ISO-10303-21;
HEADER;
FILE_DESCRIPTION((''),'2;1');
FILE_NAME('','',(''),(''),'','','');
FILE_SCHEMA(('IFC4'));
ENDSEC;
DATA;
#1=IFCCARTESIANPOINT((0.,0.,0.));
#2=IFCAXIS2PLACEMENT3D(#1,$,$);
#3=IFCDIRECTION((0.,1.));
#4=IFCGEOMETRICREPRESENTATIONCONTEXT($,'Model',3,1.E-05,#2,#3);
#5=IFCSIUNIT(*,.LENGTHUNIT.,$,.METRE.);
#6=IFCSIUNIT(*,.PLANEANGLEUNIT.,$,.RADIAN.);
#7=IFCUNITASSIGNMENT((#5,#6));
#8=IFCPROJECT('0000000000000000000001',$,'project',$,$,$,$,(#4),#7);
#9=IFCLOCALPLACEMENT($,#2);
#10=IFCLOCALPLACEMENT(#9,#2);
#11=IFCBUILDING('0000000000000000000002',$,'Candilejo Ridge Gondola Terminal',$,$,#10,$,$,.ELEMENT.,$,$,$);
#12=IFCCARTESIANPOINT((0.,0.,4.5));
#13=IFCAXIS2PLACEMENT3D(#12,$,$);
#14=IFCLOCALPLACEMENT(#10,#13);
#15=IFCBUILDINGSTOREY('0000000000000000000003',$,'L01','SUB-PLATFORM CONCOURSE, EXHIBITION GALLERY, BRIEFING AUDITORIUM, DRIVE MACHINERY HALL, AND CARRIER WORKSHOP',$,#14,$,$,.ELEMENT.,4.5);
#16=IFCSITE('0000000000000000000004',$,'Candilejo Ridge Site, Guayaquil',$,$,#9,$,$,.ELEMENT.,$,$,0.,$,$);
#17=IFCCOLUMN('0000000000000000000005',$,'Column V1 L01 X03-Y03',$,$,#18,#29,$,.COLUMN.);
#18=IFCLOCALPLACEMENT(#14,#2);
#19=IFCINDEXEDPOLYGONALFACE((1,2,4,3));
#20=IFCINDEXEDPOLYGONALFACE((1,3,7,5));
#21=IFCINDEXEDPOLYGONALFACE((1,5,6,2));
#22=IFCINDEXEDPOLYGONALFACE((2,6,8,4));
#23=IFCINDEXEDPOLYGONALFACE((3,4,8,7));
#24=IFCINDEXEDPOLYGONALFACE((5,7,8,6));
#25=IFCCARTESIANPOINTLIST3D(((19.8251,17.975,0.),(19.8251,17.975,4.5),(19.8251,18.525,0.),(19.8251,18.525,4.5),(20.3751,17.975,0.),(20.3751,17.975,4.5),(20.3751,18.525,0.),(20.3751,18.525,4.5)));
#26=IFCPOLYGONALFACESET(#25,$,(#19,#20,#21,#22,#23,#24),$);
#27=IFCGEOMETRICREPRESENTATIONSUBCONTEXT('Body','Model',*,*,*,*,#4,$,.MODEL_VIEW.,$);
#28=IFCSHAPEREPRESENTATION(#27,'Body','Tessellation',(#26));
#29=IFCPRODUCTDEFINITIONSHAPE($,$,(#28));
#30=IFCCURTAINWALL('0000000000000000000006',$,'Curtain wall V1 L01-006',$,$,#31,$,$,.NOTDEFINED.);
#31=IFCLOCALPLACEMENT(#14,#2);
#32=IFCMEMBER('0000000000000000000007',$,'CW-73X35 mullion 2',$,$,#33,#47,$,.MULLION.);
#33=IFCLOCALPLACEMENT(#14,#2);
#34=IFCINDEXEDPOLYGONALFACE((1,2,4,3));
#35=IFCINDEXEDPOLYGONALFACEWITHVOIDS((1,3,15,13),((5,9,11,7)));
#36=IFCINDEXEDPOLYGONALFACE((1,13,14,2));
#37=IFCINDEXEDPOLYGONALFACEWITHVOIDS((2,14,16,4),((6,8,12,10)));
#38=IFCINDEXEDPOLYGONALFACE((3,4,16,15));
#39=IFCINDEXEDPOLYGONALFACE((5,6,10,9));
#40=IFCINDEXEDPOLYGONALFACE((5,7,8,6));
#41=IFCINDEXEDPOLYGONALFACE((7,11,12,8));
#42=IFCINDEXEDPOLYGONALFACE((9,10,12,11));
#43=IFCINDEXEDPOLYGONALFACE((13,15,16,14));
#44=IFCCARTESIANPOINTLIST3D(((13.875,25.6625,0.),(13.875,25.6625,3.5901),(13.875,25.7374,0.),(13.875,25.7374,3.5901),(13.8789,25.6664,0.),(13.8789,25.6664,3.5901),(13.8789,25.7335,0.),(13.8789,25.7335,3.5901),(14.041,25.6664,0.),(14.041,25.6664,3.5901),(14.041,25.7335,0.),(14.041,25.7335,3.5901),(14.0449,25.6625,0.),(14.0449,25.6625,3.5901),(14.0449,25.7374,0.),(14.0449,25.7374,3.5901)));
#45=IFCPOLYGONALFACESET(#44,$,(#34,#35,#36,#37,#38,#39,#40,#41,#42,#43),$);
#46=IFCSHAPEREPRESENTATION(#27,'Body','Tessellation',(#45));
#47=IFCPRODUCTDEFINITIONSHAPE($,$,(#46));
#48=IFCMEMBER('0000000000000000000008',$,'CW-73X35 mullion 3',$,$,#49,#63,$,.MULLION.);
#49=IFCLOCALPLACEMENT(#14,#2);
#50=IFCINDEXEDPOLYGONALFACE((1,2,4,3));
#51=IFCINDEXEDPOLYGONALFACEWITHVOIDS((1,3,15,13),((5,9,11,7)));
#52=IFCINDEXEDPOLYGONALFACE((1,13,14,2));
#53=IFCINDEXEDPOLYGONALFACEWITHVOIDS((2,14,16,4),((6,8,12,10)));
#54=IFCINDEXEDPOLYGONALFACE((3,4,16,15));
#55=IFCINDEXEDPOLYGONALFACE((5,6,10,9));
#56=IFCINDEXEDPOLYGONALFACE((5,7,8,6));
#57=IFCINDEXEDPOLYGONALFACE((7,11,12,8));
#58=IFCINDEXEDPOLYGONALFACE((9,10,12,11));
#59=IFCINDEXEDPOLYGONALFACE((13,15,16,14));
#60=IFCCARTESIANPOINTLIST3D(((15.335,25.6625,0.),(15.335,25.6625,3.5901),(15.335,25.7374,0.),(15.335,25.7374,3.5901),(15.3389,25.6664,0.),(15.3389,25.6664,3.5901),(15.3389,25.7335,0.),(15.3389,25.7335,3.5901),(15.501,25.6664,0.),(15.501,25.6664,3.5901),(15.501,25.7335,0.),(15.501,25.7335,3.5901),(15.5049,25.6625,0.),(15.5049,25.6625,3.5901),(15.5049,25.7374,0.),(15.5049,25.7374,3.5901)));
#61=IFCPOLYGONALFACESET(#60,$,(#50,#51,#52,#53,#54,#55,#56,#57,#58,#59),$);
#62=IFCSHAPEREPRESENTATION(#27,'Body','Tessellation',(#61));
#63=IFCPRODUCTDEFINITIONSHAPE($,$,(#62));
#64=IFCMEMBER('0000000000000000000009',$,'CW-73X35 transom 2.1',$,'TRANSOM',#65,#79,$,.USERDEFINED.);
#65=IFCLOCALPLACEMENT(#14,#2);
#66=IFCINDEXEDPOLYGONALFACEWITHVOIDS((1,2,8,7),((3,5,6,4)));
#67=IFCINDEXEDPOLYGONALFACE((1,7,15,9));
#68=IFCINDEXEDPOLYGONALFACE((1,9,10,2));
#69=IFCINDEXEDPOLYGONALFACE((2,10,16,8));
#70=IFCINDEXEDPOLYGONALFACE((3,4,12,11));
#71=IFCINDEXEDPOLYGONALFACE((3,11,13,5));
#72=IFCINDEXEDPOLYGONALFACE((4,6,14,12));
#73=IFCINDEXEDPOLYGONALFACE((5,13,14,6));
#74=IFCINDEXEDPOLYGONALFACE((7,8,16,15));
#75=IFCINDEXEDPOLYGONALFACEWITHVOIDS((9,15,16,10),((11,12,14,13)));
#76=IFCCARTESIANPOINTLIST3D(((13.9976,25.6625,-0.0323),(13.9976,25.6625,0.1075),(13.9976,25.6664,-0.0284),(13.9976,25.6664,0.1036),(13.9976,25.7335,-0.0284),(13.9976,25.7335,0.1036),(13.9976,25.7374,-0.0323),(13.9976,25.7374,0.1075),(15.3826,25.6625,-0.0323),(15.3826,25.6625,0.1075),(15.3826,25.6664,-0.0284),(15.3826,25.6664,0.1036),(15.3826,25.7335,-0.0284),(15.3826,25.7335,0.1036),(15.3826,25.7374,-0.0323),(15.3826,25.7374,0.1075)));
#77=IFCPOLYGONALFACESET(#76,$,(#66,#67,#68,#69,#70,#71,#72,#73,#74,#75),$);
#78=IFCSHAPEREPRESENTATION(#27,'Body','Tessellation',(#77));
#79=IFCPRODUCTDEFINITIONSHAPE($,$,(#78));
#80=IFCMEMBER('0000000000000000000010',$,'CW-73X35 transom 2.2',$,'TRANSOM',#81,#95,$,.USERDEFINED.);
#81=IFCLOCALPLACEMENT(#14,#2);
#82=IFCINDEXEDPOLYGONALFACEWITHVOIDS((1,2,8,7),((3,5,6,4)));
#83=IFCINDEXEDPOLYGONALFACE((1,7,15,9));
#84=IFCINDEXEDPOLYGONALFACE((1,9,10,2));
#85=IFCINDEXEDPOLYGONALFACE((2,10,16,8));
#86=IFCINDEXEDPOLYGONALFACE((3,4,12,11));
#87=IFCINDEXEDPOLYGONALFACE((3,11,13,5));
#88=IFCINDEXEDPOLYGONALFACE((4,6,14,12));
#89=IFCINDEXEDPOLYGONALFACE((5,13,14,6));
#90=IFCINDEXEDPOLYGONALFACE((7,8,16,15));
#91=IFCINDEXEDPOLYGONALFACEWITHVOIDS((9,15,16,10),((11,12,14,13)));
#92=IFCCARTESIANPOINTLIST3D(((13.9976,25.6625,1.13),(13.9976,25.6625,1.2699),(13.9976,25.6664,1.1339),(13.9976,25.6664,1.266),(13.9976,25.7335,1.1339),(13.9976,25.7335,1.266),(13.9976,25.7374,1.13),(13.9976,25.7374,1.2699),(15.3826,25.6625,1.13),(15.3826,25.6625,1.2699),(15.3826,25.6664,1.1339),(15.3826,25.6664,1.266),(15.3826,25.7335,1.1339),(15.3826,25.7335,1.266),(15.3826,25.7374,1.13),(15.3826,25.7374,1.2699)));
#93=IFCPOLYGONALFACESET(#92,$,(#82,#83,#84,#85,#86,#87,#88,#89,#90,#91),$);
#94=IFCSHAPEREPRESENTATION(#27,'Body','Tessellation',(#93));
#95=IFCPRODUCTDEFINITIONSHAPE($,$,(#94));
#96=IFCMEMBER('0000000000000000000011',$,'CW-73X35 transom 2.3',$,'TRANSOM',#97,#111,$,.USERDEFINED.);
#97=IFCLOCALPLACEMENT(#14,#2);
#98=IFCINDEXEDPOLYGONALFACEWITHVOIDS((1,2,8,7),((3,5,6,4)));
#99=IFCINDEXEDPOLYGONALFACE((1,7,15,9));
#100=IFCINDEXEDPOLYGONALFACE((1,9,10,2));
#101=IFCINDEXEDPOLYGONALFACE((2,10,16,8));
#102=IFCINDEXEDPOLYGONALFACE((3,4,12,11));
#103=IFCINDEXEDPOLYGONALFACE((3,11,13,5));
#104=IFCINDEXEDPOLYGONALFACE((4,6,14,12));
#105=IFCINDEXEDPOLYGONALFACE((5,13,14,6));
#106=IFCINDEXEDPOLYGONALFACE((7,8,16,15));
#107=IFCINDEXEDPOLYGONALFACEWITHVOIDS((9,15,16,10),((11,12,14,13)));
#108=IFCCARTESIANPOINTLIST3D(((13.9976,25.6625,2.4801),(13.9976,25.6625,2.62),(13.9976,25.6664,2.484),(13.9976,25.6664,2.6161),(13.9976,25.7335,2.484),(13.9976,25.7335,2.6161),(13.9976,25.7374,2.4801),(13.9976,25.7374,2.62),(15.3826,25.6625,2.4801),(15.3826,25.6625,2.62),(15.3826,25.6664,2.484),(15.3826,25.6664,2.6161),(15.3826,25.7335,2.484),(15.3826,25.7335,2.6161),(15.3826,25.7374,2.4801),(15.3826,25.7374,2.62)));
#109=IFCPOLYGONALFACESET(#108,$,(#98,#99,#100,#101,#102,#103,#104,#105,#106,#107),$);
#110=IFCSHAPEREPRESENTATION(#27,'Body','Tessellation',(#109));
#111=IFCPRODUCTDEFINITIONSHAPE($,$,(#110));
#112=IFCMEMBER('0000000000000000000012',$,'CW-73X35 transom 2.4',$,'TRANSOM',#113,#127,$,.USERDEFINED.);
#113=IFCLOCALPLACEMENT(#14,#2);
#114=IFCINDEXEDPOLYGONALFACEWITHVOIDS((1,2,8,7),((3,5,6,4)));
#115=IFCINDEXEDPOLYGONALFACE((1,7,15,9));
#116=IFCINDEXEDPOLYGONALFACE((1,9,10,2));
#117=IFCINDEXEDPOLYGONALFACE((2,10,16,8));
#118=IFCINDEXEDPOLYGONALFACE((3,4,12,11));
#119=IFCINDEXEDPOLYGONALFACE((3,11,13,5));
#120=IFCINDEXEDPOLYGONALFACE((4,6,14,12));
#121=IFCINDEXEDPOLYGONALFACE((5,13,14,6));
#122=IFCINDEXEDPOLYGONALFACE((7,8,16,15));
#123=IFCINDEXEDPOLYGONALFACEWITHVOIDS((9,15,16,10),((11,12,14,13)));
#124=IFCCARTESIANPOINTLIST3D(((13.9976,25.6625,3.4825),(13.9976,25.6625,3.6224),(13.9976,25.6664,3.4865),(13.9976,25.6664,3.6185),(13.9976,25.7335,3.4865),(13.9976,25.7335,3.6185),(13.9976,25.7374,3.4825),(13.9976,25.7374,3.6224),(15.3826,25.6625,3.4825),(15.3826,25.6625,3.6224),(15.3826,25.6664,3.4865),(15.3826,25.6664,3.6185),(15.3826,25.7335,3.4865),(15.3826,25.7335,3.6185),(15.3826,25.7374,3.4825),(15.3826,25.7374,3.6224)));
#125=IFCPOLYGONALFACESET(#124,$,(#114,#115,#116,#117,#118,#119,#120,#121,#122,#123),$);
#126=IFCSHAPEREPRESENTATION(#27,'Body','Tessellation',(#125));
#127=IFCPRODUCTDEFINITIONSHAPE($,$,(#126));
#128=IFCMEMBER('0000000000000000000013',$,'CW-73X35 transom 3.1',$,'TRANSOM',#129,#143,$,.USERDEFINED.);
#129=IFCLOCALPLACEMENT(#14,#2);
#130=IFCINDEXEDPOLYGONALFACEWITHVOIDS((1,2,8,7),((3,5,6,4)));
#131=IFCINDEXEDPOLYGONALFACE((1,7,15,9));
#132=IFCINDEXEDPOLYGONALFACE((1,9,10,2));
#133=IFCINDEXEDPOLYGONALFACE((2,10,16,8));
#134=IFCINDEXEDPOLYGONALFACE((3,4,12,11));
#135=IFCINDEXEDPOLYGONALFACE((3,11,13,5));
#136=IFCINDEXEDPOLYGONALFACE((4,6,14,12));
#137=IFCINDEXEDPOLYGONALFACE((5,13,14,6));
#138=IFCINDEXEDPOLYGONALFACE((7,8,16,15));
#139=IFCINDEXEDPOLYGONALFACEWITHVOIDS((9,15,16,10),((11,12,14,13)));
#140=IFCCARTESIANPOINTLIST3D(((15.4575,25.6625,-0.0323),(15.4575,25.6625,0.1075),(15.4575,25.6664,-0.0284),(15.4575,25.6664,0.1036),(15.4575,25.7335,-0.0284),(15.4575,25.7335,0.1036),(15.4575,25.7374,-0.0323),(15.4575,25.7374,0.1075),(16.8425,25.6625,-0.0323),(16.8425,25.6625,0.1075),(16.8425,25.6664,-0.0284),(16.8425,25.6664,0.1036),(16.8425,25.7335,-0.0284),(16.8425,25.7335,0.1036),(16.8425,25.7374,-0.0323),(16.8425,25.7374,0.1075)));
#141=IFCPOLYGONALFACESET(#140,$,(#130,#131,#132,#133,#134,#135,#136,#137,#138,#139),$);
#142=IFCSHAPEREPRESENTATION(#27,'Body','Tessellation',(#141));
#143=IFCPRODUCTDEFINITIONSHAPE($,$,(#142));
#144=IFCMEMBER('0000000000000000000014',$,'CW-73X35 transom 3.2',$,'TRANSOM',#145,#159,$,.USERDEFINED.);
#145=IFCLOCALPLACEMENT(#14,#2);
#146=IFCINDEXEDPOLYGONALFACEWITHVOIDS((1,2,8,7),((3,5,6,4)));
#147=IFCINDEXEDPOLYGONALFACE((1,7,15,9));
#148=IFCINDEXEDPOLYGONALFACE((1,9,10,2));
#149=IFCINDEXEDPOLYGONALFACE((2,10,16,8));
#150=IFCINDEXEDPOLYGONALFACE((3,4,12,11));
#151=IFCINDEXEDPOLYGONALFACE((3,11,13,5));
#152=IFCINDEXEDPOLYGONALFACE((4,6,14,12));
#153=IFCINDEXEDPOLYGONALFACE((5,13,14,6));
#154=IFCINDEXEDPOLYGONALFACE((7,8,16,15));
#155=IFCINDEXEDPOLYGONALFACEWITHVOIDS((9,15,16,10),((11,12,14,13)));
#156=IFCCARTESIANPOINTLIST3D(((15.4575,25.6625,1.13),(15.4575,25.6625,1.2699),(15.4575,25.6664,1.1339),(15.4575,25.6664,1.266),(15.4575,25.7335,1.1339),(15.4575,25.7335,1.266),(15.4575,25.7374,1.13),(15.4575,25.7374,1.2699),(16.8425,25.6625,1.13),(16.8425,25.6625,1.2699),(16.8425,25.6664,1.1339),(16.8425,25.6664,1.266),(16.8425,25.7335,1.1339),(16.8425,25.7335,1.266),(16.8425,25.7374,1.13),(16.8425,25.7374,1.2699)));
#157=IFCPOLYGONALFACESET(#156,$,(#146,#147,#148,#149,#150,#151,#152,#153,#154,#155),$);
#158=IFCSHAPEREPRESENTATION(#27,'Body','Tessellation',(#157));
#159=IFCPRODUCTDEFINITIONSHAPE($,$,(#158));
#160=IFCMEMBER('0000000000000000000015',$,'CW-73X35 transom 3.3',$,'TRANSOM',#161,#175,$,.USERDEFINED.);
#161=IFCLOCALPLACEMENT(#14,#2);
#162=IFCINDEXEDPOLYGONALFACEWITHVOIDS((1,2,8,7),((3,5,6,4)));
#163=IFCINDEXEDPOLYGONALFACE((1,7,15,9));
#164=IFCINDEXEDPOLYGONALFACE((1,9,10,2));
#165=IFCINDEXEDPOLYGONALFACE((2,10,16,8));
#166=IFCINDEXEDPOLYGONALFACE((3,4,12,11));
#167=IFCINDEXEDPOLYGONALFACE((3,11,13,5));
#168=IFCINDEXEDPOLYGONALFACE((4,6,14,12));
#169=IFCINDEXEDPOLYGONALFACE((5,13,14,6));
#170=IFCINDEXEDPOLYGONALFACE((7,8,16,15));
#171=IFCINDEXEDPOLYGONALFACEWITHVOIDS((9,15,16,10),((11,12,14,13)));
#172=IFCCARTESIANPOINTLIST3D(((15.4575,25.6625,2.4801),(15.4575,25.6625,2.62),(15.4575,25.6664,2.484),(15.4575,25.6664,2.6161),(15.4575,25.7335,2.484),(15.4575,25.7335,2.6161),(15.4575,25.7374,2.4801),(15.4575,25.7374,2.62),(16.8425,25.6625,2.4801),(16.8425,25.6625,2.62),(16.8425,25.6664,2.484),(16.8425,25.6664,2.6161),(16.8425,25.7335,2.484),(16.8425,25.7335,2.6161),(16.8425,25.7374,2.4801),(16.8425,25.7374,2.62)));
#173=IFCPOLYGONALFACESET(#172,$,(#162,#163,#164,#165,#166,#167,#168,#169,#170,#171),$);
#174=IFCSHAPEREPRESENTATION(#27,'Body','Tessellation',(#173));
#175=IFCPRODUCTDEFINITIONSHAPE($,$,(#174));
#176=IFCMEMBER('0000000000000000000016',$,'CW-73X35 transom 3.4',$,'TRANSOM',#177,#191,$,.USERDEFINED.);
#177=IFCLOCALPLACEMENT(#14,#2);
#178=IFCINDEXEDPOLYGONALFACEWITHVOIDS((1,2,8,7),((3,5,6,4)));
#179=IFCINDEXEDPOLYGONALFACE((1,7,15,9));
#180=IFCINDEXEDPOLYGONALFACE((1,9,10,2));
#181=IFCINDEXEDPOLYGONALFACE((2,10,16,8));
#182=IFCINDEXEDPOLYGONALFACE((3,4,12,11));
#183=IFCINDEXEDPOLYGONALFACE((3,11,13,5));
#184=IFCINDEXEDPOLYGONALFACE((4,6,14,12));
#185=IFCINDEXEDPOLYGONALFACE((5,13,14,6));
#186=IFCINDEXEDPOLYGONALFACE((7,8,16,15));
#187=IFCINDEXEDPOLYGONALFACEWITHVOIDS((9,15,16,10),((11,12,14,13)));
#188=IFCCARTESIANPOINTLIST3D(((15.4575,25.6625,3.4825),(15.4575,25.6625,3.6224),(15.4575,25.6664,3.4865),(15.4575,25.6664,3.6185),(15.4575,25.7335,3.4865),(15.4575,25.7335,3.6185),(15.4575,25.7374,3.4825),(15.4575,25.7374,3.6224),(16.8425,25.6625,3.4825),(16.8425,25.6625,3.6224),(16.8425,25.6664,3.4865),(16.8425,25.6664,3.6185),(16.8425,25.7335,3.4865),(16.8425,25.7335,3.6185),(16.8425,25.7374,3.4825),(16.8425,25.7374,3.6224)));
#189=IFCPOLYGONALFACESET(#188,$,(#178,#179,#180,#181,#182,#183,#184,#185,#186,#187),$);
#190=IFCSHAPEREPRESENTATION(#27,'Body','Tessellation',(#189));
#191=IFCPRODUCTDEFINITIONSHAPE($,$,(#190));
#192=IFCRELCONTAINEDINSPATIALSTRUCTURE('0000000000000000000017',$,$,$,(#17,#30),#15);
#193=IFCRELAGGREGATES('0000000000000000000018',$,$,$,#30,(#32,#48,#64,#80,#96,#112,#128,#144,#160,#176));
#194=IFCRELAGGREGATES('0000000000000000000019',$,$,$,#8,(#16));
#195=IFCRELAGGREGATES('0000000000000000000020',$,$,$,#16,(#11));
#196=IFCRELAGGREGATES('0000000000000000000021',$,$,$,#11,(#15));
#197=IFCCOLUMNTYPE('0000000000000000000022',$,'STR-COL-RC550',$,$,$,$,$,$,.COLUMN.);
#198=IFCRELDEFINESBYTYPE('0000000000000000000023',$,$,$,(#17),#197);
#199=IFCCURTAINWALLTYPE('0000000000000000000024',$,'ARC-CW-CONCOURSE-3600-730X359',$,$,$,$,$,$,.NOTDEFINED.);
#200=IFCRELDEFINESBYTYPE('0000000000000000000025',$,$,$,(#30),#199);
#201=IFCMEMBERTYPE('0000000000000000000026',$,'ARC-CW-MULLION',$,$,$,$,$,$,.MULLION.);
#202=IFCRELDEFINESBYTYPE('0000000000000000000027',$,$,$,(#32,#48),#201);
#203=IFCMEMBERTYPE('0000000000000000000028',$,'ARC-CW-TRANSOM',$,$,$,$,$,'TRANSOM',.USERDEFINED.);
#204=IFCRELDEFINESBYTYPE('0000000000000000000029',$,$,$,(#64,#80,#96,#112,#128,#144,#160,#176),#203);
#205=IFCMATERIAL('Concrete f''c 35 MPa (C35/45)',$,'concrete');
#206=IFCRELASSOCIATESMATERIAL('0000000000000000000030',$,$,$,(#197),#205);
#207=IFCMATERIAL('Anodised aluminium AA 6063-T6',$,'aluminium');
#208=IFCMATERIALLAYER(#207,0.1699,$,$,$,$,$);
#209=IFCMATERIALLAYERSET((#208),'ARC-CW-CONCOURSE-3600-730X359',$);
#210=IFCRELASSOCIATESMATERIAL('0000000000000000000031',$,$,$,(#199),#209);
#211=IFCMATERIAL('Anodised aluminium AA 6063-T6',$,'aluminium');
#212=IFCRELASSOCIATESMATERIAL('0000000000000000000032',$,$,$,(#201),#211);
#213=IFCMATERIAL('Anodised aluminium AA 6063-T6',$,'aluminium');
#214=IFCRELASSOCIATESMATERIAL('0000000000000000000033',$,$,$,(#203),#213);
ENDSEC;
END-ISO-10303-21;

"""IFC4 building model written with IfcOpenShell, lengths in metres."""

from ifc_helpers import new_model, si_unit, direction, frame, origin, origin_2d, place, context, subcontext, project, spatial, rectangle, hollow_rectangle, extrude, material, layer, layer_set, material_profile, profile_set, type_object, element, aggregate, save


model = new_model("IFC4")

# Units and contexts
model_context = context("Model", 3, precision=1e-05, world=origin(), true_north=direction((0.0, 1.0)))
body_context = subcontext(model_context, "Body", "Model", "MODEL_VIEW")
ifc_project = project(units=[si_unit("LENGTHUNIT", "METRE"), si_unit("PLANEANGLEUNIT", "RADIAN")], contexts=[model_context])

# Site, building, storey
site_placement = place(None, origin())
site = spatial("IfcSite", under=ifc_project, at=site_placement, Name="Candilejo Ridge Site, Guayaquil", CompositionType="ELEMENT", RefElevation=0.0)
building_placement = place(site_placement, origin())
building = spatial("IfcBuilding", under=site, at=building_placement, Name="Candilejo Ridge Gondola Terminal", CompositionType="ELEMENT")
storey_placement = place(building_placement, frame((0.0, 0.0, 4.5)))
storey = spatial("IfcBuildingStorey", under=building, at=storey_placement, Name="L01", Description="SUB-PLATFORM CONCOURSE, EXHIBITION GALLERY, BRIEFING AUDITORIUM, DRIVE MACHINERY HALL, AND CARRIER WORKSHOP", CompositionType="ELEMENT", Elevation=4.5)

# Column
ifc_material_1 = material(Name="Concrete f'c 35 MPa (C35/45)", Category="concrete")
ifc_material_profile_1 = material_profile(ifc_material_1, rectangle(XDim=0.55, YDim=0.55, at=origin_2d()))
ifc_profile_set_1 = profile_set([ifc_material_profile_1], Name="Concrete f'c 35 MPa (C35/45)")
column_type = type_object("IfcColumnType", Name="STR-COL-RC550", PredefinedType="COLUMN", material=ifc_profile_set_1)
column_placement = place(storey_placement, frame((20.1001, 18.25, 0.0), z_axis=(0.0, 0.0, 1.0), x_axis=(1.0, 0.0, 0.0)))
element("IfcColumn", 1, at=column_placement, inside=storey, type_object=column_type, Name="Column V1 L01 X03-Y03", PredefinedType="COLUMN", context=body_context, shape_type="SweptSolid", body=[
    extrude(rectangle(XDim=0.55, YDim=0.55, at=origin_2d()), origin(), (0.0, 0.0, 1.0), 4.5),
])

# Curtain wall, members
ifc_material_2 = material(Name="Anodised aluminium AA 6063-T6", Category="aluminium")
ifc_layer_1 = layer(ifc_material_2, 0.1699)
ifc_layer_set_1 = layer_set([ifc_layer_1], Name="ARC-CW-CONCOURSE-3600-730X359")
curtain_wall_type = type_object("IfcCurtainWallType", Name="ARC-CW-CONCOURSE-3600-730X359", PredefinedType="NOTDEFINED", material=ifc_layer_set_1)
curtain_wall_placement = place(storey_placement, origin())
curtain_wall = element("IfcCurtainWall", 2, at=curtain_wall_placement, inside=storey, type_object=curtain_wall_type, Name="Curtain wall V1 L01-006", PredefinedType="NOTDEFINED")
ifc_material_3 = material(Name="Anodised aluminium AA 6063-T6", Category="aluminium")
ifc_material_profile_2 = material_profile(ifc_material_3, hollow_rectangle(XDim=0.075, YDim=0.1699, WallThickness=0.0039, at=origin_2d()))
ifc_profile_set_2 = profile_set([ifc_material_profile_2], Name="Anodised aluminium AA 6063-T6")
member_type_1 = type_object("IfcMemberType", Name="ARC-CW-MULLION", PredefinedType="MULLION", material=ifc_profile_set_2)
member_1_placement = place(storey_placement, frame((13.96, 25.7, 0.0), z_axis=(0.0, 0.0, 1.0), x_axis=(0.0, 1.0, 0.0)))
member_1 = element("IfcMember", 3, at=member_1_placement, type_object=member_type_1, Name="CW-73X35 mullion 2", PredefinedType="MULLION", context=body_context, shape_type="SweptSolid", body=[
    extrude(hollow_rectangle(XDim=0.075, YDim=0.1699, WallThickness=0.0039, at=origin_2d()), origin(), (0.0, 0.0, 1.0), 3.5901),
])
member_2_placement = place(storey_placement, frame((15.4199, 25.7, 0.0), z_axis=(0.0, 0.0, 1.0), x_axis=(0.0, 1.0, 0.0)))
member_2 = element("IfcMember", 4, at=member_2_placement, type_object=member_type_1, Name="CW-73X35 mullion 3", PredefinedType="MULLION", context=body_context, shape_type="SweptSolid", body=[
    extrude(hollow_rectangle(XDim=0.075, YDim=0.1699, WallThickness=0.0039, at=origin_2d()), origin(), (0.0, 0.0, 1.0), 3.5901),
])
ifc_material_4 = material(Name="Anodised aluminium AA 6063-T6", Category="aluminium")
ifc_material_profile_3 = material_profile(ifc_material_4, hollow_rectangle(XDim=0.075, YDim=0.1399, WallThickness=0.0039, at=origin_2d()))
ifc_profile_set_3 = profile_set([ifc_material_profile_3], Name="Anodised aluminium AA 6063-T6")
member_type_2 = type_object("IfcMemberType", Name="ARC-CW-TRANSOM", ElementType="TRANSOM", PredefinedType="USERDEFINED", material=ifc_profile_set_3)
member_3_placement = place(storey_placement, frame((13.9976, 25.7, 0.0376), z_axis=(1.0, 0.0, 0.0), x_axis=(0.0, 1.0, 0.0)))
member_3 = element("IfcMember", 5, at=member_3_placement, type_object=member_type_2, Name="CW-73X35 transom 2.1", ObjectType="TRANSOM", PredefinedType="USERDEFINED", context=body_context, shape_type="SweptSolid", body=[
    extrude(hollow_rectangle(XDim=0.075, YDim=0.1399, WallThickness=0.0039, at=origin_2d()), origin(), (0.0, 0.0, 1.0), 1.385),
])
member_4_placement = place(storey_placement, frame((13.9976, 25.7, 1.2), z_axis=(1.0, 0.0, 0.0), x_axis=(0.0, 1.0, 0.0)))
member_4 = element("IfcMember", 6, at=member_4_placement, type_object=member_type_2, Name="CW-73X35 transom 2.2", ObjectType="TRANSOM", PredefinedType="USERDEFINED", context=body_context, shape_type="SweptSolid", body=[
    extrude(hollow_rectangle(XDim=0.075, YDim=0.1399, WallThickness=0.0039, at=origin_2d()), origin(), (0.0, 0.0, 1.0), 1.385),
])
member_5_placement = place(storey_placement, frame((13.9976, 25.7, 2.55), z_axis=(1.0, 0.0, 0.0), x_axis=(0.0, 1.0, 0.0)))
member_5 = element("IfcMember", 7, at=member_5_placement, type_object=member_type_2, Name="CW-73X35 transom 2.3", ObjectType="TRANSOM", PredefinedType="USERDEFINED", context=body_context, shape_type="SweptSolid", body=[
    extrude(hollow_rectangle(XDim=0.075, YDim=0.1399, WallThickness=0.0039, at=origin_2d()), origin(), (0.0, 0.0, 1.0), 1.385),
])
member_6_placement = place(storey_placement, frame((13.9976, 25.7, 3.5525), z_axis=(1.0, 0.0, 0.0), x_axis=(0.0, 1.0, 0.0)))
member_6 = element("IfcMember", 8, at=member_6_placement, type_object=member_type_2, Name="CW-73X35 transom 2.4", ObjectType="TRANSOM", PredefinedType="USERDEFINED", context=body_context, shape_type="SweptSolid", body=[
    extrude(hollow_rectangle(XDim=0.075, YDim=0.1399, WallThickness=0.0039, at=origin_2d()), origin(), (0.0, 0.0, 1.0), 1.385),
])
member_7_placement = place(storey_placement, frame((15.4575, 25.7, 0.0376), z_axis=(1.0, 0.0, 0.0), x_axis=(0.0, 1.0, 0.0)))
member_7 = element("IfcMember", 9, at=member_7_placement, type_object=member_type_2, Name="CW-73X35 transom 3.1", ObjectType="TRANSOM", PredefinedType="USERDEFINED", context=body_context, shape_type="SweptSolid", body=[
    extrude(hollow_rectangle(XDim=0.075, YDim=0.1399, WallThickness=0.0039, at=origin_2d()), origin(), (0.0, 0.0, 1.0), 1.385),
])
member_8_placement = place(storey_placement, frame((15.4575, 25.7, 1.2), z_axis=(1.0, 0.0, 0.0), x_axis=(0.0, 1.0, 0.0)))
member_8 = element("IfcMember", 10, at=member_8_placement, type_object=member_type_2, Name="CW-73X35 transom 3.2", ObjectType="TRANSOM", PredefinedType="USERDEFINED", context=body_context, shape_type="SweptSolid", body=[
    extrude(hollow_rectangle(XDim=0.075, YDim=0.1399, WallThickness=0.0039, at=origin_2d()), origin(), (0.0, 0.0, 1.0), 1.385),
])
member_9_placement = place(storey_placement, frame((15.4575, 25.7, 2.55), z_axis=(1.0, 0.0, 0.0), x_axis=(0.0, 1.0, 0.0)))
member_9 = element("IfcMember", 11, at=member_9_placement, type_object=member_type_2, Name="CW-73X35 transom 3.3", ObjectType="TRANSOM", PredefinedType="USERDEFINED", context=body_context, shape_type="SweptSolid", body=[
    extrude(hollow_rectangle(XDim=0.075, YDim=0.1399, WallThickness=0.0039, at=origin_2d()), origin(), (0.0, 0.0, 1.0), 1.385),
])
member_10_placement = place(storey_placement, frame((15.4575, 25.7, 3.5525), z_axis=(1.0, 0.0, 0.0), x_axis=(0.0, 1.0, 0.0)))
member_10 = element("IfcMember", 12, at=member_10_placement, type_object=member_type_2, Name="CW-73X35 transom 3.4", ObjectType="TRANSOM", PredefinedType="USERDEFINED", context=body_context, shape_type="SweptSolid", body=[
    extrude(hollow_rectangle(XDim=0.075, YDim=0.1399, WallThickness=0.0039, at=origin_2d()), origin(), (0.0, 0.0, 1.0), 1.385),
])

aggregate(curtain_wall, [member_1, member_2, member_3, member_4, member_5, member_6, member_7, member_8, member_9, member_10])

save(model, "model.ifc")
